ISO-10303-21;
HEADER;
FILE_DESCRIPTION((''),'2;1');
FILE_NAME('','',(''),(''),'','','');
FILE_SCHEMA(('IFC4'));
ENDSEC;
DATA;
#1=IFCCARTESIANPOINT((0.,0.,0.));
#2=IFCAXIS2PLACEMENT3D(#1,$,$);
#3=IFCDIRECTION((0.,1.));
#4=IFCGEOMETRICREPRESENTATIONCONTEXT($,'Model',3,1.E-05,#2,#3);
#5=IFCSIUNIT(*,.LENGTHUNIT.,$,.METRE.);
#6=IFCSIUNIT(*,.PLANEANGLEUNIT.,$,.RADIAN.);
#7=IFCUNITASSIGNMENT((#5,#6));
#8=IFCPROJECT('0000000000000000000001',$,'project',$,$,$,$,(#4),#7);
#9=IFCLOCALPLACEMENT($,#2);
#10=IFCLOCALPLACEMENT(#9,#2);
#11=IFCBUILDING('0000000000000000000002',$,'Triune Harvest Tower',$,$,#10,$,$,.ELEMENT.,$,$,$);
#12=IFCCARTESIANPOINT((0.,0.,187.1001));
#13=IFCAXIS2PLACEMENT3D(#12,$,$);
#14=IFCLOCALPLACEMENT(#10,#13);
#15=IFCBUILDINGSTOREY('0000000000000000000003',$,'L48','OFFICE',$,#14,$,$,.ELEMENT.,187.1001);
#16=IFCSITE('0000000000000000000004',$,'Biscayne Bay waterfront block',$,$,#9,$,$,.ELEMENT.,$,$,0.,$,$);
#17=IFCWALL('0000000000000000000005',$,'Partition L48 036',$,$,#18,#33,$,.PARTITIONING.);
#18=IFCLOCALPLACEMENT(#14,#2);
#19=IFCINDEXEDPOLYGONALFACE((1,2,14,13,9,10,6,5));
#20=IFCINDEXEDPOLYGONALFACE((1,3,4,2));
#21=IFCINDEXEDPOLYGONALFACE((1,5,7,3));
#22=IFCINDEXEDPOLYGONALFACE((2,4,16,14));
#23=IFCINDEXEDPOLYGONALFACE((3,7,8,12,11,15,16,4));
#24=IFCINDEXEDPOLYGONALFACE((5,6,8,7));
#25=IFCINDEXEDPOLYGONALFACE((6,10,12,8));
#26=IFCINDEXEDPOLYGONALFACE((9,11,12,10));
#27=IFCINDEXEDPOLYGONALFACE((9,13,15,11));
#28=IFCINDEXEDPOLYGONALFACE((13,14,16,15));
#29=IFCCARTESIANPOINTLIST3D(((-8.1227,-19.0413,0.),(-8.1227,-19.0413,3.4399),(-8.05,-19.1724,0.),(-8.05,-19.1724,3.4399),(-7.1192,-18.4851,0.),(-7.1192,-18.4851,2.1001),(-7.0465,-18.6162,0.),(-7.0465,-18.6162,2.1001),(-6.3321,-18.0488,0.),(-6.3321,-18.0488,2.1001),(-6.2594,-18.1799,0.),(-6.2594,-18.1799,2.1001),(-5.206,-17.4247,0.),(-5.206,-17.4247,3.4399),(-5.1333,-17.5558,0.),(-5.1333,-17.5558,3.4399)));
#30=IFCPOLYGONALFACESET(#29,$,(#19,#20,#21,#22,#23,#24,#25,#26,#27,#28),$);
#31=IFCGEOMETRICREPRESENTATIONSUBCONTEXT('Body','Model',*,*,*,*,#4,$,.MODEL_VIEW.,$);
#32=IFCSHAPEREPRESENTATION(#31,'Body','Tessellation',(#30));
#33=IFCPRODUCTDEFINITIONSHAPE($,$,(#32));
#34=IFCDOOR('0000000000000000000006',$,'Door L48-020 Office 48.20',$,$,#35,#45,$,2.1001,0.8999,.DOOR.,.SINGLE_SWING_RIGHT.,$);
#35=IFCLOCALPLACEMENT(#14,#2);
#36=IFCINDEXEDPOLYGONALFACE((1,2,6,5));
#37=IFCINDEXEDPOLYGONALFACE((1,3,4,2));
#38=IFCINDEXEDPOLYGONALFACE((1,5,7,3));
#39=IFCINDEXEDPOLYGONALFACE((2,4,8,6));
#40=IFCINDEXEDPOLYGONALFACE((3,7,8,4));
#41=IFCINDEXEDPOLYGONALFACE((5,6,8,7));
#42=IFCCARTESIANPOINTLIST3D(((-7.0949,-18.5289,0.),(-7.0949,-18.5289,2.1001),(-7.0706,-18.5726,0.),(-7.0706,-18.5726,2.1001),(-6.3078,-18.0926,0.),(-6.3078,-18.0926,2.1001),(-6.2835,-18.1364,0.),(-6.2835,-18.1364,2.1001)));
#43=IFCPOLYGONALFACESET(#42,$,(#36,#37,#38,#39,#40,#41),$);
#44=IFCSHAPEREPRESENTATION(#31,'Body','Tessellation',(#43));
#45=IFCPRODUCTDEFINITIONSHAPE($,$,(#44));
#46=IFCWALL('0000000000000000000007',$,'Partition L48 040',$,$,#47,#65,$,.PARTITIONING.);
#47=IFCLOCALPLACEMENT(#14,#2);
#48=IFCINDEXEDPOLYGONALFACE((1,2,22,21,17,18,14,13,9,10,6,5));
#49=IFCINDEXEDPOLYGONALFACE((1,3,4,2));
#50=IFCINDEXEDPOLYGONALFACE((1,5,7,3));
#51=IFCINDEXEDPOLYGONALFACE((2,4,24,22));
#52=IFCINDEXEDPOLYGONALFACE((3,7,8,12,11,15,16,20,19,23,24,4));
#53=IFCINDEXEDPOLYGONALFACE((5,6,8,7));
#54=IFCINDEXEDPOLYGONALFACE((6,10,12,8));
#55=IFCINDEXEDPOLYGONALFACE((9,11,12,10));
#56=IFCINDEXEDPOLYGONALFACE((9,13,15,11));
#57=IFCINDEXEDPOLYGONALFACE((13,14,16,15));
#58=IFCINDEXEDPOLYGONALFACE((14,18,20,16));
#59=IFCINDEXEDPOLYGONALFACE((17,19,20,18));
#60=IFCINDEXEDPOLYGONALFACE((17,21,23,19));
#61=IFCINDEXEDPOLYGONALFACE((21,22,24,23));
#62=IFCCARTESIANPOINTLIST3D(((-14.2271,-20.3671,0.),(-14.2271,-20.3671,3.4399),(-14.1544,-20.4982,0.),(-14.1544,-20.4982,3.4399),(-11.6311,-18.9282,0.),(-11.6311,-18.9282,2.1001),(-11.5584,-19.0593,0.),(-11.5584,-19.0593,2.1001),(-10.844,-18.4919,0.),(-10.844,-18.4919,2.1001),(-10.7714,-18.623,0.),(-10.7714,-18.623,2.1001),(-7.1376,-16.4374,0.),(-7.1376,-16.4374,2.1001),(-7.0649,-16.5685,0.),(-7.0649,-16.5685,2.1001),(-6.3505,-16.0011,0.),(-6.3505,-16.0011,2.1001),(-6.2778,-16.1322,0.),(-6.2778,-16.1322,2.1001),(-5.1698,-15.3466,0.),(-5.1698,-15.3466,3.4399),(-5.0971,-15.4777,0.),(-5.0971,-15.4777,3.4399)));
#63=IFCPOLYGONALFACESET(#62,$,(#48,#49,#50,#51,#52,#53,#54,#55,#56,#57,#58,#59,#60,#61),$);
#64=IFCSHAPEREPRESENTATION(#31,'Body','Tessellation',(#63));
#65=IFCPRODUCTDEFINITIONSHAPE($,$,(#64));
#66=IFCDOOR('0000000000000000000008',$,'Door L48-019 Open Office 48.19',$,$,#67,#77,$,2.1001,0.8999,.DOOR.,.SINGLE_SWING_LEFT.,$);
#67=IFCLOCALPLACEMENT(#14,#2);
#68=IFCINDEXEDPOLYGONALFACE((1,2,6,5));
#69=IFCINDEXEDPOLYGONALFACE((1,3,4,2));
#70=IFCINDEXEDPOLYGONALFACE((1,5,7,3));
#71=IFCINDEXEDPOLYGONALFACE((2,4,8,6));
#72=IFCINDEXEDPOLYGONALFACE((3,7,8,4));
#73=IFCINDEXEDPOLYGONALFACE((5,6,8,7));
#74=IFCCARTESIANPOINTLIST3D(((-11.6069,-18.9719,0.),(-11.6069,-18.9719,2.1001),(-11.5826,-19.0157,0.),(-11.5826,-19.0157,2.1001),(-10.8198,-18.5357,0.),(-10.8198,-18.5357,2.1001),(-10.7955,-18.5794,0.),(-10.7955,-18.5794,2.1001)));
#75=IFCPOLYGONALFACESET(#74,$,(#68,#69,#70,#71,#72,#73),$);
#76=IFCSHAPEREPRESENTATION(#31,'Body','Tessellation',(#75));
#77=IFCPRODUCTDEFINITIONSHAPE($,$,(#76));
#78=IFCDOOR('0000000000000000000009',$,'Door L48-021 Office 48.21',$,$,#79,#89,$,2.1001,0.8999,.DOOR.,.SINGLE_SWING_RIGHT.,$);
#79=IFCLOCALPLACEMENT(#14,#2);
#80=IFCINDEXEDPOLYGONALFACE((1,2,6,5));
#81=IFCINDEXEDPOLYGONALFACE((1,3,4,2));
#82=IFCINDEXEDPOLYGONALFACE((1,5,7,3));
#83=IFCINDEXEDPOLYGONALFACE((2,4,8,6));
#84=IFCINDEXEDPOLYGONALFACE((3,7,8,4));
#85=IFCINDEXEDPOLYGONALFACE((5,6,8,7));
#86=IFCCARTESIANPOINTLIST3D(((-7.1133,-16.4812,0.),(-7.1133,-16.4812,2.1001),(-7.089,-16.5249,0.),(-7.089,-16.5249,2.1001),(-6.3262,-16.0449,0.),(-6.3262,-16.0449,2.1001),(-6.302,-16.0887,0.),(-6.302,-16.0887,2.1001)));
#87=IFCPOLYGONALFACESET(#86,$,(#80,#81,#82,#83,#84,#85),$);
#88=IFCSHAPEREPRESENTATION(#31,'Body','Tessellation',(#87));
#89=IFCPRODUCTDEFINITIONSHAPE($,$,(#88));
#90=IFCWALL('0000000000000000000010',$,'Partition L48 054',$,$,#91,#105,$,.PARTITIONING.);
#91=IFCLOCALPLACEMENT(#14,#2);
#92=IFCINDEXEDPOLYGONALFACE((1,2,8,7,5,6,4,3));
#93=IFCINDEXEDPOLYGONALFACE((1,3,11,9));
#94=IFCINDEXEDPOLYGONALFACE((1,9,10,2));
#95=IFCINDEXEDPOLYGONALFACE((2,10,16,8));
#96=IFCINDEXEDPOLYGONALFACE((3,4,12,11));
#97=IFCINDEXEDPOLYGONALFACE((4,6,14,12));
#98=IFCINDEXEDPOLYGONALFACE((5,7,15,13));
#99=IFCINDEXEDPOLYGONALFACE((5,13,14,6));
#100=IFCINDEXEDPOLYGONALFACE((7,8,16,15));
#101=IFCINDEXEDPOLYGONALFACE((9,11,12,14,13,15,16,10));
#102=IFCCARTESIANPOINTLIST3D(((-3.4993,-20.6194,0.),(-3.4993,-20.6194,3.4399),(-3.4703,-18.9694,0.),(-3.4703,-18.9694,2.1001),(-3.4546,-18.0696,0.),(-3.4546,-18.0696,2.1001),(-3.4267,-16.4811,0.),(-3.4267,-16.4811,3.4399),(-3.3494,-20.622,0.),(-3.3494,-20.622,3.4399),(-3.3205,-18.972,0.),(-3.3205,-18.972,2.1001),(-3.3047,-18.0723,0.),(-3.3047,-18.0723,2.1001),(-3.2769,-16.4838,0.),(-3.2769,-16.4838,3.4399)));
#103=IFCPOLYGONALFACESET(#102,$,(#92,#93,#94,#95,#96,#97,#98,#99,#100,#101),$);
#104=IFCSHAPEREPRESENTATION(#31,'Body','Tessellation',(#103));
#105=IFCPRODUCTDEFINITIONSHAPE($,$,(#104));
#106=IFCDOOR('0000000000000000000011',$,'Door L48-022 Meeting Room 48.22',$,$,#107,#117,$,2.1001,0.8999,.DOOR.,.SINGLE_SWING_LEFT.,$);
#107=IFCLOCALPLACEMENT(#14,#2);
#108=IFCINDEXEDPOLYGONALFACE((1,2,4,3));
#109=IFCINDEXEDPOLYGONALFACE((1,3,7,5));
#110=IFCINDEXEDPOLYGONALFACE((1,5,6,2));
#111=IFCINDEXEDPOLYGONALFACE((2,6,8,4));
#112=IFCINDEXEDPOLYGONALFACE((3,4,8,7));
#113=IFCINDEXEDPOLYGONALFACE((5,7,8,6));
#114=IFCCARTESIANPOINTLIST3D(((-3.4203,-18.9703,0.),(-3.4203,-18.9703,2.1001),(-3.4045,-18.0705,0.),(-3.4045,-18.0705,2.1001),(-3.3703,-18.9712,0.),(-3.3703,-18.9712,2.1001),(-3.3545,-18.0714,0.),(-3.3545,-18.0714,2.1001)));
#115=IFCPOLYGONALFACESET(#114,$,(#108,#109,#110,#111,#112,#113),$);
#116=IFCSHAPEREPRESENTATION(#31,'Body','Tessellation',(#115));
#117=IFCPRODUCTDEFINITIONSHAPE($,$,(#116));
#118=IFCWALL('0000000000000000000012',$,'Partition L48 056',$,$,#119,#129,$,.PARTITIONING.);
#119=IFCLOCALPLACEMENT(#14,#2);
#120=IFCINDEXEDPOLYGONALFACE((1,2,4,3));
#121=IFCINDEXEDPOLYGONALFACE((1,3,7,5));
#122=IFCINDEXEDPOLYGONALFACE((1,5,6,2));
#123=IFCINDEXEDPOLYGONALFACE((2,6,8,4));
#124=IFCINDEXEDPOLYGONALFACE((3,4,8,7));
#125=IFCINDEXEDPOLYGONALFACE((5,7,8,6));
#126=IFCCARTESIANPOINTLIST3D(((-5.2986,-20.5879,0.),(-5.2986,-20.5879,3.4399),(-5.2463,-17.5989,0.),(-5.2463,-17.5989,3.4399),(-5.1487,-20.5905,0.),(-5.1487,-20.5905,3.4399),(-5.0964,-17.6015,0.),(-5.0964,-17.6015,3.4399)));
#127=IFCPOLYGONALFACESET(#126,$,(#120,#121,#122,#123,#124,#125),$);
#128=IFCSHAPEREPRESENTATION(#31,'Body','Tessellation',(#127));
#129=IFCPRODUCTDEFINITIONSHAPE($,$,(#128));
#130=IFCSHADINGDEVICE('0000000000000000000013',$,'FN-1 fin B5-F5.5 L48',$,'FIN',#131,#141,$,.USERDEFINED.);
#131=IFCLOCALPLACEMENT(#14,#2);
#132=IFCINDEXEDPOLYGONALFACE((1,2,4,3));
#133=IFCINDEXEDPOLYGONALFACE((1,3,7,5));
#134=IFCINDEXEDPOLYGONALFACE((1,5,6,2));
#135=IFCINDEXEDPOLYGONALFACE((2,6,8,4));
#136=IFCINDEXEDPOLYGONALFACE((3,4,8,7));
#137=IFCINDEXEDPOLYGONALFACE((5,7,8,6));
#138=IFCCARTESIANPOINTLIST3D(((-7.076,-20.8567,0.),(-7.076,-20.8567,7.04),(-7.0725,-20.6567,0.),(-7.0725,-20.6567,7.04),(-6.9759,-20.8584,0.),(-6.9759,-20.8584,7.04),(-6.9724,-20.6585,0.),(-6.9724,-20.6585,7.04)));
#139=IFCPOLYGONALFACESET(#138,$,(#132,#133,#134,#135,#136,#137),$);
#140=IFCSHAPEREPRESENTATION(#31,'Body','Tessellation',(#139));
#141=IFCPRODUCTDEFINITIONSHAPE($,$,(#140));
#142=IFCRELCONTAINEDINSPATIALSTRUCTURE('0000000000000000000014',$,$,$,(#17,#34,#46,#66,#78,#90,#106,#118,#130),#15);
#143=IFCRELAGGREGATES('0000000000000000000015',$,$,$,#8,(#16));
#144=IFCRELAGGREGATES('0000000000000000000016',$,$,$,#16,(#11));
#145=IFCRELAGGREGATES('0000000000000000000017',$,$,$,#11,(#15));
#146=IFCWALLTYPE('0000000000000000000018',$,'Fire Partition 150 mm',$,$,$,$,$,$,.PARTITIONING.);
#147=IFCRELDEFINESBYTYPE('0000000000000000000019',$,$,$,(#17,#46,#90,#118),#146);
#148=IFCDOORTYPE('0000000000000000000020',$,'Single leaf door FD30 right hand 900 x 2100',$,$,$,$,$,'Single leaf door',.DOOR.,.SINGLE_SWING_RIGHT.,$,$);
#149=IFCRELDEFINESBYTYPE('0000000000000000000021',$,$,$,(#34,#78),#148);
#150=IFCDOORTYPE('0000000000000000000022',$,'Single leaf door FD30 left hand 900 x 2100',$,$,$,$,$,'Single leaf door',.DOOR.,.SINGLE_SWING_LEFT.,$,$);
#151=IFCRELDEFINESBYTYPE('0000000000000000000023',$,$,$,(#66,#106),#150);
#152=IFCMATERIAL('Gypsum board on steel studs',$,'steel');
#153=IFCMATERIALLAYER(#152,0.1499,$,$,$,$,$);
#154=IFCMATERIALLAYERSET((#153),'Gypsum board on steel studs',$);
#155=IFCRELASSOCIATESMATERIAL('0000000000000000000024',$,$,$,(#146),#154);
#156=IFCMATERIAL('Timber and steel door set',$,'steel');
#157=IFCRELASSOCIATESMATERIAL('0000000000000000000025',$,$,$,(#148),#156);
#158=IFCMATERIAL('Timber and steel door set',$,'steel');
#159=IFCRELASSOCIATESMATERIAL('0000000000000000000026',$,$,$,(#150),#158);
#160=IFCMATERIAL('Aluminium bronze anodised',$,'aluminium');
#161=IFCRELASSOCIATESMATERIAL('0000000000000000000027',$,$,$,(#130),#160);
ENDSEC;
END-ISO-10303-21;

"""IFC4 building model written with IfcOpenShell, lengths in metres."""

from ifc_helpers import new_model, si_unit, direction, frame, frame_2d, origin, origin_2d, place, context, subcontext, project, spatial, rectangle, extrude, source, transform, mapped, material, layer, layer_set, type_object, element, fill, save


model = new_model("IFC4")

# Units and contexts
model_context = context("Model", 3, precision=1e-05, world=origin(), true_north=direction((0.0, 1.0)))
body_context = subcontext(model_context, "Body", "Model", "MODEL_VIEW")
ifc_project = project(units=[si_unit("LENGTHUNIT", "METRE"), si_unit("PLANEANGLEUNIT", "RADIAN")], contexts=[model_context])

# Site, building, storey
site_placement = place(None, origin())
site = spatial("IfcSite", under=ifc_project, at=site_placement, Name="Biscayne Bay waterfront block", CompositionType="ELEMENT", RefElevation=0.0)
building_placement = place(site_placement, origin())
building = spatial("IfcBuilding", under=site, at=building_placement, Name="Triune Harvest Tower", CompositionType="ELEMENT")
storey_placement = place(building_placement, frame((0.0, 0.0, 187.1001)))
storey = spatial("IfcBuildingStorey", under=building, at=storey_placement, Name="L48", Description="OFFICE", CompositionType="ELEMENT", Elevation=187.1001)

# Shared definitions
ifc_material_1 = material(Name="Gypsum board on steel studs", Category="steel")
ifc_layer_1 = layer(ifc_material_1, 0.1499)
ifc_layer_set_1 = layer_set([ifc_layer_1], Name="Gypsum board on steel studs")
wall_type_1 = type_object("IfcWallType", Name="Fire Partition 150 mm", PredefinedType="PARTITIONING", material=ifc_layer_set_1)

# Wall, opening, door
shared_shape_1 = source(origin(), body_context, "Body", "SweptSolid", [
    extrude(rectangle(XDim=3.3347, YDim=0.1499, at=frame_2d((1.6675, 0.0))), origin(), (0.0, 0.0, 1.0), 3.4399),
])
wall_1_placement = place(storey_placement, frame((-8.0864, -19.1069, 0.0), z_axis=(0.0, 0.0, 1.0), x_axis=(0.87463, 0.484791, 0.0)))
wall_1 = element("IfcWall", 1, at=wall_1_placement, inside=storey, type_object=wall_type_1, Name="Partition L48 036", PredefinedType="PARTITIONING", context=body_context, shape_type="MappedRepresentation", body=[
    mapped(shared_shape_1, transform((0.0, 0.0, 0.0), scale=1.0)),
])
opening_1_placement = place(wall_1_placement, frame((1.1475, 0.0, 0.0)))
opening_1 = element("IfcOpeningElement", 2, at=opening_1_placement, cuts=wall_1, PredefinedType="OPENING", context=body_context, shape_type="SweptSolid", body=[
    extrude(rectangle(XDim=0.8999, YDim=2.1001, at=frame_2d((0.45, 1.05))), frame((0.0, 0.085, 0.0), z_axis=(0.0, -1.0, 0.0), x_axis=(1.0, 0.0, 0.0)), (0.0, 0.0, 1.0), 0.1699),
])
ifc_material_2 = material(Name="Timber and steel door set", Category="steel")
door_type_1 = type_object("IfcDoorType", Name="Single leaf door FD30 right hand 900 x 2100", ElementType="Single leaf door", OperationType="SINGLE_SWING_RIGHT", PredefinedType="DOOR", material=ifc_material_2)
door_1_placement = place(opening_1_placement, origin())
door_1 = element("IfcDoor", 3, at=door_1_placement, inside=storey, type_object=door_type_1, Name="Door L48-020 Office 48.20", OperationType="SINGLE_SWING_RIGHT", OverallHeight=2.1001, OverallWidth=0.8999, PredefinedType="DOOR", context=body_context, shape_type="SweptSolid", body=[
    extrude(rectangle(XDim=0.8999, YDim=2.1001, at=frame_2d((0.45, 1.05))), frame((0.0, 0.0249, 0.0), z_axis=(0.0, -1.0, 0.0), x_axis=(1.0, 0.0, 0.0)), (0.0, 0.0, 1.0), 0.05),
])
fill(opening_1, door_1)

# Wall, openings, doors
shared_shape_2 = source(origin(), body_context, "Body", "SweptSolid", [
    extrude(rectangle(XDim=10.3557, YDim=0.1499, at=frame_2d((5.1777, 0.0))), origin(), (0.0, 0.0, 1.0), 3.4399),
])
wall_2_placement = place(storey_placement, frame((-14.1907, -20.4326, 0.0), z_axis=(0.0, 0.0, 1.0), x_axis=(0.874623, 0.484804, 0.0)))
wall_2 = element("IfcWall", 4, at=wall_2_placement, inside=storey, type_object=wall_type_1, Name="Partition L48 040", PredefinedType="PARTITIONING", context=body_context, shape_type="MappedRepresentation", body=[
    mapped(shared_shape_2, transform((0.0, 0.0, 0.0), scale=1.0)),
])
opening_2_placement = place(wall_2_placement, frame((2.968, 0.0, 0.0)))
opening_2 = element("IfcOpeningElement", 5, at=opening_2_placement, cuts=wall_2, PredefinedType="OPENING", context=body_context, shape_type="SweptSolid", body=[
    extrude(rectangle(XDim=0.8999, YDim=2.1001, at=frame_2d((0.45, 1.05))), frame((0.0, 0.085, 0.0), z_axis=(0.0, -1.0, 0.0), x_axis=(1.0, 0.0, 0.0)), (0.0, 0.0, 1.0), 0.1699),
])
opening_3_placement = place(wall_2_placement, frame((8.1057, 0.0, 0.0)))
opening_3 = element("IfcOpeningElement", 6, at=opening_3_placement, cuts=wall_2, PredefinedType="OPENING", context=body_context, shape_type="SweptSolid", body=[
    extrude(rectangle(XDim=0.8999, YDim=2.1001, at=frame_2d((0.45, 1.05))), frame((0.0, 0.085, 0.0), z_axis=(0.0, -1.0, 0.0), x_axis=(1.0, 0.0, 0.0)), (0.0, 0.0, 1.0), 0.1699),
])
ifc_material_3 = material(Name="Timber and steel door set", Category="steel")
door_type_2 = type_object("IfcDoorType", Name="Single leaf door FD30 left hand 900 x 2100", ElementType="Single leaf door", OperationType="SINGLE_SWING_LEFT", PredefinedType="DOOR", material=ifc_material_3)
door_2_placement = place(opening_2_placement, origin())
door_2 = element("IfcDoor", 7, at=door_2_placement, inside=storey, type_object=door_type_2, Name="Door L48-019 Open Office 48.19", OperationType="SINGLE_SWING_LEFT", OverallHeight=2.1001, OverallWidth=0.8999, PredefinedType="DOOR", context=body_context, shape_type="SweptSolid", body=[
    extrude(rectangle(XDim=0.8999, YDim=2.1001, at=frame_2d((0.45, 1.05))), frame((0.0, 0.0249, 0.0), z_axis=(0.0, -1.0, 0.0), x_axis=(1.0, 0.0, 0.0)), (0.0, 0.0, 1.0), 0.05),
])
fill(opening_2, door_2)
door_3_placement = place(opening_3_placement, origin())
door_3 = element("IfcDoor", 8, at=door_3_placement, inside=storey, type_object=door_type_1, Name="Door L48-021 Office 48.21", OperationType="SINGLE_SWING_RIGHT", OverallHeight=2.1001, OverallWidth=0.8999, PredefinedType="DOOR", context=body_context, shape_type="SweptSolid", body=[
    extrude(rectangle(XDim=0.8999, YDim=2.1001, at=frame_2d((0.45, 1.05))), frame((0.0, 0.0249, 0.0), z_axis=(0.0, -1.0, 0.0), x_axis=(1.0, 0.0, 0.0)), (0.0, 0.0, 1.0), 0.05),
])
fill(opening_3, door_3)

# Wall, opening, door
shared_shape_3 = source(origin(), body_context, "Body", "SweptSolid", [
    extrude(rectangle(XDim=4.1389, YDim=0.1499, at=frame_2d((2.0693, 0.0))), origin(), (0.0, 0.0, 1.0), 3.4399),
])
wall_3_placement = place(storey_placement, frame((-3.4243, -20.6206, 0.0), z_axis=(0.0, 0.0, 1.0), x_axis=(0.017519, 0.999847, 0.0)))
wall_3 = element("IfcWall", 9, at=wall_3_placement, inside=storey, type_object=wall_type_1, Name="Partition L48 054", PredefinedType="PARTITIONING", context=body_context, shape_type="MappedRepresentation", body=[
    mapped(shared_shape_3, transform((0.0, 0.0, 0.0), scale=1.0)),
])
opening_4_placement = place(wall_3_placement, frame((1.6501, 0.0, 0.0)))
opening_4 = element("IfcOpeningElement", 10, at=opening_4_placement, cuts=wall_3, PredefinedType="OPENING", context=body_context, shape_type="SweptSolid", body=[
    extrude(rectangle(XDim=0.8999, YDim=2.1001, at=frame_2d((0.45, 1.05))), frame((0.0, 0.085, 0.0), z_axis=(0.0, -1.0, 0.0), x_axis=(1.0, 0.0, 0.0)), (0.0, 0.0, 1.0), 0.1699),
])
door_4_placement = place(opening_4_placement, origin())
door_4 = element("IfcDoor", 11, at=door_4_placement, inside=storey, type_object=door_type_2, Name="Door L48-022 Meeting Room 48.22", OperationType="SINGLE_SWING_LEFT", OverallHeight=2.1001, OverallWidth=0.8999, PredefinedType="DOOR", context=body_context, shape_type="SweptSolid", body=[
    extrude(rectangle(XDim=0.8999, YDim=2.1001, at=frame_2d((0.45, 1.05))), frame((0.0, 0.0249, 0.0), z_axis=(0.0, -1.0, 0.0), x_axis=(1.0, 0.0, 0.0)), (0.0, 0.0, 1.0), 0.05),
])
fill(opening_4, door_4)

# Wall
shared_shape_4 = source(origin(), body_context, "Body", "SweptSolid", [
    extrude(rectangle(XDim=2.9895, YDim=0.1499, at=frame_2d((1.4946, 0.0))), origin(), (0.0, 0.0, 1.0), 3.4399),
])
wall_4_placement = place(storey_placement, frame((-5.2236, -20.5891, 0.0), z_axis=(0.0, 0.0, 1.0), x_axis=(0.017477, 0.999847, 0.0)))
element("IfcWall", 12, at=wall_4_placement, inside=storey, type_object=wall_type_1, Name="Partition L48 056", PredefinedType="PARTITIONING", context=body_context, shape_type="MappedRepresentation", body=[
    mapped(shared_shape_4, transform((0.0, 0.0, 0.0), scale=1.0)),
])

# Shading device
ifc_material_4 = material(Name="Aluminium bronze anodised", Category="aluminium")
shared_shape_5 = source(origin(), body_context, "Body", "SweptSolid", [
    extrude(rectangle(XDim=0.1001, YDim=0.2, at=origin_2d()), origin(), (0.0, 0.0, 1.0), 7.04),
])
shading_device_placement = place(storey_placement, frame((-7.0242, -20.7576, 0.0), z_axis=(0.0, 0.0, 1.0), x_axis=(0.999848, -0.017452, 0.0)))
element("IfcShadingDevice", 13, at=shading_device_placement, inside=storey, material=ifc_material_4, Name="FN-1 fin B5-F5.5 L48", ObjectType="FIN", PredefinedType="USERDEFINED", context=body_context, shape_type="MappedRepresentation", body=[
    mapped(shared_shape_5, transform((0.0, 0.0, 0.0), scale=1.0)),
])

save(model, "model.ifc")
